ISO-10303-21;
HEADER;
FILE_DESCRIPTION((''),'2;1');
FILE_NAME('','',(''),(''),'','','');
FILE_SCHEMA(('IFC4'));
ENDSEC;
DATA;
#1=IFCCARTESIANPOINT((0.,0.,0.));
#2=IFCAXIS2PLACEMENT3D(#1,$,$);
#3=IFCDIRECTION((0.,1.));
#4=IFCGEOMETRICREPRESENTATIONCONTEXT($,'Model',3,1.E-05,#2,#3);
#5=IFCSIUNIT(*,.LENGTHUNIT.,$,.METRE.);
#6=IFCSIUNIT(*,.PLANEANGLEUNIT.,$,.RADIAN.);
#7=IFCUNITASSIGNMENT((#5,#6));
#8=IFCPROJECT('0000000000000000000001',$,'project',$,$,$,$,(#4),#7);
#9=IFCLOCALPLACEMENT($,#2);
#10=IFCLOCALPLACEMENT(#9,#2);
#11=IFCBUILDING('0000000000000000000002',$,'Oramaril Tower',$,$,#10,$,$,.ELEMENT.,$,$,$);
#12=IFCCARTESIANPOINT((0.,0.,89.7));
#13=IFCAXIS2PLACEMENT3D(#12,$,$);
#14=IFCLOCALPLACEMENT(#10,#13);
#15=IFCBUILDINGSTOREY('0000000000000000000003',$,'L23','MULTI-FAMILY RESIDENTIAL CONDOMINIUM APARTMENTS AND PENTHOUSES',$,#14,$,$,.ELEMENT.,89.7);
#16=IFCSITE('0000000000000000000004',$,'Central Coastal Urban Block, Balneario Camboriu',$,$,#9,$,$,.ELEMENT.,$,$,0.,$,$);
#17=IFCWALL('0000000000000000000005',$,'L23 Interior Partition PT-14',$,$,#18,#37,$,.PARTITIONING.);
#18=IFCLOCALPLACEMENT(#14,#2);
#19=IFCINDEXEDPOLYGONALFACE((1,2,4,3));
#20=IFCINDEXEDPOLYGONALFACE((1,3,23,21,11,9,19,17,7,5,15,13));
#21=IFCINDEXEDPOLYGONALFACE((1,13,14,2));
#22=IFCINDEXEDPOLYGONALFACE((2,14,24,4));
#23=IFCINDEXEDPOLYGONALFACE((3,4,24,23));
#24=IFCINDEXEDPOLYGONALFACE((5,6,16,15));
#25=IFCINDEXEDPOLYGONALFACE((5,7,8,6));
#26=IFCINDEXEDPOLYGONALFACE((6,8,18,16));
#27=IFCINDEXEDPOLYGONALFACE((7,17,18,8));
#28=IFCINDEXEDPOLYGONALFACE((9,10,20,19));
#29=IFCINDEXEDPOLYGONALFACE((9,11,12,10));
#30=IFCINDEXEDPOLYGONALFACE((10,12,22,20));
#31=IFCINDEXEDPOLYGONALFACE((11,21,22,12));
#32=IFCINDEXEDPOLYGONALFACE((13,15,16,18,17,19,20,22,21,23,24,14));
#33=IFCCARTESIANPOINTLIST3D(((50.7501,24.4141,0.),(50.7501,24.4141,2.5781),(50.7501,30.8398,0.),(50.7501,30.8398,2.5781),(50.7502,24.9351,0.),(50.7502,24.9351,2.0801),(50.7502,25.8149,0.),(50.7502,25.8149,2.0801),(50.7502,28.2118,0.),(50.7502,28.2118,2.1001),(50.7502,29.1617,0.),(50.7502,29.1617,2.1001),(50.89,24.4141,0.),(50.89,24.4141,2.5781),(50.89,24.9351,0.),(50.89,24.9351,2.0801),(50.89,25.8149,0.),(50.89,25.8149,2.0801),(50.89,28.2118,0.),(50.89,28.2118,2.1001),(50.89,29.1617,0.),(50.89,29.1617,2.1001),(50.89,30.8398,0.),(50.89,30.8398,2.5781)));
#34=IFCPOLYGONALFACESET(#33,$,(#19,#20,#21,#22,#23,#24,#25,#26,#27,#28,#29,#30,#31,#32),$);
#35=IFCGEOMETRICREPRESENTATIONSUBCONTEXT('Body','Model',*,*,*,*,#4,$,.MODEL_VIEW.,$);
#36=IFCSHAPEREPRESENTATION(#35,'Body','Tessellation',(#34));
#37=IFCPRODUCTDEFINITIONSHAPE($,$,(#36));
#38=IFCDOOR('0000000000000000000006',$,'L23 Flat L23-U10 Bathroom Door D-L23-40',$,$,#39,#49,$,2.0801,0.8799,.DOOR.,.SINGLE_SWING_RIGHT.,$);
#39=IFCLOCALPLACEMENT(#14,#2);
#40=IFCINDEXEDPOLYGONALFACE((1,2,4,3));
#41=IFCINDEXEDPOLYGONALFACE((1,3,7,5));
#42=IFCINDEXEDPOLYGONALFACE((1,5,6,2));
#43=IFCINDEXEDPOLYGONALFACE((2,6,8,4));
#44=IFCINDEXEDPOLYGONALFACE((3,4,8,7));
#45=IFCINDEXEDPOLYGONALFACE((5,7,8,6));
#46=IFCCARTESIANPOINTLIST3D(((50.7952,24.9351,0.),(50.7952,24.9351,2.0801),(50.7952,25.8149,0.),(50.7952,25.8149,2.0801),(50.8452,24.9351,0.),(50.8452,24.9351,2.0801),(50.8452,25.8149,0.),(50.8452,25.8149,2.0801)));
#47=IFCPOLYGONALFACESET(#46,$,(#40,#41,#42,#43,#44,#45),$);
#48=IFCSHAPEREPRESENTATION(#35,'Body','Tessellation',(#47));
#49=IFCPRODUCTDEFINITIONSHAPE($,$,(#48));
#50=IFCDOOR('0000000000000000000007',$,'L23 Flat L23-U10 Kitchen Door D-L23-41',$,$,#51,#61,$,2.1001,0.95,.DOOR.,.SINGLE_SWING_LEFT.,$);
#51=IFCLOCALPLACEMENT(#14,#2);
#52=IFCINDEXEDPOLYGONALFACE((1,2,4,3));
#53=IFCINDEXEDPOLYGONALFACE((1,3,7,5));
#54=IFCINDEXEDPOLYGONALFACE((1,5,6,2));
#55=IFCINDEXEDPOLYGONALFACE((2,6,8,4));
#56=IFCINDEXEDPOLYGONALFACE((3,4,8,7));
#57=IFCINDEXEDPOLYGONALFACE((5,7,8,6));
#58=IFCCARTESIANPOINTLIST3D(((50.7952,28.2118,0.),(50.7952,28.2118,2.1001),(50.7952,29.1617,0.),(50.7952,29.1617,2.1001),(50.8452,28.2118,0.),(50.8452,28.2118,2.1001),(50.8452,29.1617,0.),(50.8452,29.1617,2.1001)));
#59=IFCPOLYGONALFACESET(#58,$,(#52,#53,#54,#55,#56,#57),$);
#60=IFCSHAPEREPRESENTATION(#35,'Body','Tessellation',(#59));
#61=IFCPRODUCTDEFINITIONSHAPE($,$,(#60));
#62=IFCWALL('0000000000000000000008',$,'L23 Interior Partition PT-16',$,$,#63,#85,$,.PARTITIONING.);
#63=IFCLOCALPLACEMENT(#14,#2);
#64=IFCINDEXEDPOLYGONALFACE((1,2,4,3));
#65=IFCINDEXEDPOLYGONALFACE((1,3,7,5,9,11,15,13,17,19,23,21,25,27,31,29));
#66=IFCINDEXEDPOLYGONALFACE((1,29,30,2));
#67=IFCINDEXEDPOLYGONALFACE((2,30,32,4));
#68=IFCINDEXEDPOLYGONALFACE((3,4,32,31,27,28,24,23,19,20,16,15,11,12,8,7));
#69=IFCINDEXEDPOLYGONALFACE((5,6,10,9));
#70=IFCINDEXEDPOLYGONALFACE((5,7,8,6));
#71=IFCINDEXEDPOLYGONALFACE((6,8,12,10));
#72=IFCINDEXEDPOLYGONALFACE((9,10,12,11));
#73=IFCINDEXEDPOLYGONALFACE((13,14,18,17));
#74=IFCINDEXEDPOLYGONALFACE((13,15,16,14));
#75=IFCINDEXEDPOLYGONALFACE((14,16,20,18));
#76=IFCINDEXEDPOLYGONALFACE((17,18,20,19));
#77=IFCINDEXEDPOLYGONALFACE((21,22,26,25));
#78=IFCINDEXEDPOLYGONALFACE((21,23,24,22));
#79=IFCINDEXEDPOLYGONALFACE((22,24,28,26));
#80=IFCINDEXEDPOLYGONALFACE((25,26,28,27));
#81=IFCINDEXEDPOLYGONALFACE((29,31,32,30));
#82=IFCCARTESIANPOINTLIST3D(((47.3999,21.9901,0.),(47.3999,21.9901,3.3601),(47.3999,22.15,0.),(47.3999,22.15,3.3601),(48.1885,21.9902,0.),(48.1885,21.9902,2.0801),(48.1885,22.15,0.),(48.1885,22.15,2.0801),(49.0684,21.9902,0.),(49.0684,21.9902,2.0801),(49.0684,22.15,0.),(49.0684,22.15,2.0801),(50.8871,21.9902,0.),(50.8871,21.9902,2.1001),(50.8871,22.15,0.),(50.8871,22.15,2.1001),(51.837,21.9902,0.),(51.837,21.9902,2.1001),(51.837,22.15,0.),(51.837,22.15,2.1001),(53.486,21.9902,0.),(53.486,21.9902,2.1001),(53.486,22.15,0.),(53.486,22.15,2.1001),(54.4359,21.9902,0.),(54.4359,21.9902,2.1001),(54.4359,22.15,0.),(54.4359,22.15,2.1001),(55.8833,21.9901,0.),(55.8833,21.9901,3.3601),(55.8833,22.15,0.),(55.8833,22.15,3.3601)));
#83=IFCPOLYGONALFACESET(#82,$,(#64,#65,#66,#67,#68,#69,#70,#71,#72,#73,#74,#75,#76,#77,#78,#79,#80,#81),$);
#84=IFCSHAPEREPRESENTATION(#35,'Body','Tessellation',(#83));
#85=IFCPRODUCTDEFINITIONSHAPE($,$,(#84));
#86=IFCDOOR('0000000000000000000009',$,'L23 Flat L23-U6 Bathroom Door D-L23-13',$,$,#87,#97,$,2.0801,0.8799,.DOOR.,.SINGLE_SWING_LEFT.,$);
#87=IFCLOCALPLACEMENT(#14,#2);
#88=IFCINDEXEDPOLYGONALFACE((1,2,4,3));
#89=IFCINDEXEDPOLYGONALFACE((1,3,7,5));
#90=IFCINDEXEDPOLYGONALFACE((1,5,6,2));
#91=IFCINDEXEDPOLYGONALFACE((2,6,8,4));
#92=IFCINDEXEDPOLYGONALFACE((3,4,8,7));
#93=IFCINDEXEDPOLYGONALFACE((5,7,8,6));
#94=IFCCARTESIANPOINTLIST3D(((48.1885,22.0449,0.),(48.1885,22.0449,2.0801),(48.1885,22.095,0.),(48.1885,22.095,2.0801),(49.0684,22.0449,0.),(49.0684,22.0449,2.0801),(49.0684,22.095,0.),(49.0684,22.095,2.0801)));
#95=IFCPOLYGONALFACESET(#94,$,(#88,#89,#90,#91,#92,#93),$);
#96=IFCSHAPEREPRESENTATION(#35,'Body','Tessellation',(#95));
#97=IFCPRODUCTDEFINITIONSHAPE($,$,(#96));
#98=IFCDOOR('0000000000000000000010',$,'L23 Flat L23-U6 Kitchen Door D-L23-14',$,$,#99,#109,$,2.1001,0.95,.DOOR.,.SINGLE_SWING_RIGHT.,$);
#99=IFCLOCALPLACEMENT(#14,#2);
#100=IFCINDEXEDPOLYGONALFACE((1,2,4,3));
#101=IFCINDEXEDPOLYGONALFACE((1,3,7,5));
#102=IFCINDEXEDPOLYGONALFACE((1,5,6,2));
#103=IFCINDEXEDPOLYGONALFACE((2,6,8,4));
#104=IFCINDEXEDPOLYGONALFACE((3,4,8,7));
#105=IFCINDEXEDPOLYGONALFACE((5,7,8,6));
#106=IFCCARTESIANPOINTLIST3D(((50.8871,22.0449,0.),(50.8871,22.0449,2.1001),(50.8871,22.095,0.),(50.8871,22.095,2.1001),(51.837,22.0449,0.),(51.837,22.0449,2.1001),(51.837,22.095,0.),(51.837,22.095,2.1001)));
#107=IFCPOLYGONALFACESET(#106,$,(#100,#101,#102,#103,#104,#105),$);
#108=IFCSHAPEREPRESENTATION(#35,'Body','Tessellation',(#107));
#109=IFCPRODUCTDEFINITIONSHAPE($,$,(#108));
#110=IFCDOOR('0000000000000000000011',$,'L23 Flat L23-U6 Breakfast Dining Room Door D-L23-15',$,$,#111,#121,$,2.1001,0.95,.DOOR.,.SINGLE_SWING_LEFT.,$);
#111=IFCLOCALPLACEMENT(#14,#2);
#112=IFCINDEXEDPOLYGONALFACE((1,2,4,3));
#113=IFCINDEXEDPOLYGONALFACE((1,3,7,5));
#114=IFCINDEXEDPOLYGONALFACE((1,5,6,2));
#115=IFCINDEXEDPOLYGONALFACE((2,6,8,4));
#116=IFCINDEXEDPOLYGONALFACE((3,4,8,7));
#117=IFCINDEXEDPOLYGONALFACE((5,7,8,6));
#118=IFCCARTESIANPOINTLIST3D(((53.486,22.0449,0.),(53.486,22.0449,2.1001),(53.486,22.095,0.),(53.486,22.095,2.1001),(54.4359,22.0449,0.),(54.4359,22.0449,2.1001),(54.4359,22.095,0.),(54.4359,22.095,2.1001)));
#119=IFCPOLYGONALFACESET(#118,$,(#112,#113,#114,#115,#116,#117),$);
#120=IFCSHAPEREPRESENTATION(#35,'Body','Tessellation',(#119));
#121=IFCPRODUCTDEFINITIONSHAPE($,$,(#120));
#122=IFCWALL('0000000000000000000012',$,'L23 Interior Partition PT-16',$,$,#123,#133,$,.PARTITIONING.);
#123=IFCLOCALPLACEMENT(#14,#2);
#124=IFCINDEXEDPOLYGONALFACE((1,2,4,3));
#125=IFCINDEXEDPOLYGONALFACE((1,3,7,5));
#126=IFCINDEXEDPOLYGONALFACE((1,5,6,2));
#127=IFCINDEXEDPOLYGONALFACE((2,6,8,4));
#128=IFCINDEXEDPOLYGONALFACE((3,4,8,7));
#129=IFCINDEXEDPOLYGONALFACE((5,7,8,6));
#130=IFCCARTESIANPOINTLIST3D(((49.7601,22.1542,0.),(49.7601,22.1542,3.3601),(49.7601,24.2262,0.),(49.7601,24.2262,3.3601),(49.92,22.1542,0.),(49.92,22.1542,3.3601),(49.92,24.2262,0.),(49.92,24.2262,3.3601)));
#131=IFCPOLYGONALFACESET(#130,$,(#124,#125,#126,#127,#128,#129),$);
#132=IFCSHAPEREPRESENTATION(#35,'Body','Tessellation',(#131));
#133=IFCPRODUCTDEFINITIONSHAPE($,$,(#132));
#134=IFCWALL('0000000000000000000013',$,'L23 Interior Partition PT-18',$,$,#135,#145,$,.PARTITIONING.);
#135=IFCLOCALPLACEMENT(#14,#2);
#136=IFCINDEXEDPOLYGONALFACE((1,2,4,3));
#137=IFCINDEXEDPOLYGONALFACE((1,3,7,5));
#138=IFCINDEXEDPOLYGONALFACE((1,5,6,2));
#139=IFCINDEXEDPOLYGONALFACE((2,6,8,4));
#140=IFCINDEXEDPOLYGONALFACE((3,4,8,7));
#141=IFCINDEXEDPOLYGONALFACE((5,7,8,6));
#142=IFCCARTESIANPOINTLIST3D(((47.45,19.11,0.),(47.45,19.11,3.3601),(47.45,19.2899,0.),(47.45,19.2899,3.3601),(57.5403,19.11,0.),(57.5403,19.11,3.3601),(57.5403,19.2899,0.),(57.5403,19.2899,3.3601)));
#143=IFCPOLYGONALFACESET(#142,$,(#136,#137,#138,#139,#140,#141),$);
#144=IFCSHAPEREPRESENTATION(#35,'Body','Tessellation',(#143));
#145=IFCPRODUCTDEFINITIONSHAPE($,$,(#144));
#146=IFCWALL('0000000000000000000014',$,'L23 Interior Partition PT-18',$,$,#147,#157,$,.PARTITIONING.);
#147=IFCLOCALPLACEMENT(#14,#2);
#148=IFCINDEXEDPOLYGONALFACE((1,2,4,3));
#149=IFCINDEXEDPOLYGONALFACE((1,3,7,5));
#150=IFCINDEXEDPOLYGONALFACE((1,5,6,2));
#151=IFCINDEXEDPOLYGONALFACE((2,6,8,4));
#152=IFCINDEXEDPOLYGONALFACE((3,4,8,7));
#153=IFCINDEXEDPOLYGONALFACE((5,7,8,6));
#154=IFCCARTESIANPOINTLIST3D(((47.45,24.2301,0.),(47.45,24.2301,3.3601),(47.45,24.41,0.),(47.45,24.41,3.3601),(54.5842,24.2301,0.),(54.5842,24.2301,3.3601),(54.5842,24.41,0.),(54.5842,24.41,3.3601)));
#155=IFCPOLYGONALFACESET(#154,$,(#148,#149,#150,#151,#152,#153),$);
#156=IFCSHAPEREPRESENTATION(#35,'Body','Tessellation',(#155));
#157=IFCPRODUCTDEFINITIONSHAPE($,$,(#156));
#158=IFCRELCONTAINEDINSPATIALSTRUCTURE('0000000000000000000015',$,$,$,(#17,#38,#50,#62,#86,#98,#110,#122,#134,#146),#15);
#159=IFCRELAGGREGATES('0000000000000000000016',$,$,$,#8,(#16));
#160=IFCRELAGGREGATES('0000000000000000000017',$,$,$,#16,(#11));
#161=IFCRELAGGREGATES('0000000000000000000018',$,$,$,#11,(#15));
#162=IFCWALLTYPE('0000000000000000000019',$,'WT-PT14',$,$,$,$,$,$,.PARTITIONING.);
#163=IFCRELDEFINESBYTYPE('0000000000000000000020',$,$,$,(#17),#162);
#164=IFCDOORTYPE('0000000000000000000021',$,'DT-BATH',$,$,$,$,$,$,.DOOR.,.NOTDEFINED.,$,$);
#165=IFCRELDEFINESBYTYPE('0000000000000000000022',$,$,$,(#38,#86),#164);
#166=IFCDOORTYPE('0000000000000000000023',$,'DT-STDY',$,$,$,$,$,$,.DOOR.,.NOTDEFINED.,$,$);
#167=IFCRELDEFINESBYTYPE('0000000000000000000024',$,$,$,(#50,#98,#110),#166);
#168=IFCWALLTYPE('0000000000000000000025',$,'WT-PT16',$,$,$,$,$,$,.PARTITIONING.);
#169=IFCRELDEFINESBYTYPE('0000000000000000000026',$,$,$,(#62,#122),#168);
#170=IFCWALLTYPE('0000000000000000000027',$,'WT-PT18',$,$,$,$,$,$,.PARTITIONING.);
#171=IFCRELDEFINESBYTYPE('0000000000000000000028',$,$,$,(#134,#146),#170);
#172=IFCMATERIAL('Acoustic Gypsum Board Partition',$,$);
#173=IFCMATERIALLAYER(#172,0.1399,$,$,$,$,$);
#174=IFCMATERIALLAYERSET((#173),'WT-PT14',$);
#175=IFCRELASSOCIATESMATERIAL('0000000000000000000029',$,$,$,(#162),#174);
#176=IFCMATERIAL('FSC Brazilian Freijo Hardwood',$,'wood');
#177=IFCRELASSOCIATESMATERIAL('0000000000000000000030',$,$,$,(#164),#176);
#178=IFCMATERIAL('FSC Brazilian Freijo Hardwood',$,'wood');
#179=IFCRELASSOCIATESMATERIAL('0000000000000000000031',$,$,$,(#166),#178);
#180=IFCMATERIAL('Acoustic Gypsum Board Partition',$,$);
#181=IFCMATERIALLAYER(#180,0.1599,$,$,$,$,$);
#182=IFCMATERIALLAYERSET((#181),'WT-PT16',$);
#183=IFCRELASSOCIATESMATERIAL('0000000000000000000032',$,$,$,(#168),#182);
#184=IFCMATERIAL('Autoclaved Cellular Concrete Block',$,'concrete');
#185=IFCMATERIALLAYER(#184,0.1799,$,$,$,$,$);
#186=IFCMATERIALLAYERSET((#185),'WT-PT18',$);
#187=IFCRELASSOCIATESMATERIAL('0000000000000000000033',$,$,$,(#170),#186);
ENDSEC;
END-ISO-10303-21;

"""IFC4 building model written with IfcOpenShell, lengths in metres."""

from ifc_helpers import new_model, si_unit, direction, frame, frame_2d, origin, place, context, subcontext, project, spatial, rectangle, extrude, material, layer, layer_set, type_object, element, fill, save


model = new_model("IFC4")

# Units and contexts
model_context = context("Model", 3, precision=1e-05, world=origin(), true_north=direction((0.0, 1.0)))
body_context = subcontext(model_context, "Body", "Model", "MODEL_VIEW")
ifc_project = project(units=[si_unit("LENGTHUNIT", "METRE"), si_unit("PLANEANGLEUNIT", "RADIAN")], contexts=[model_context])

# Site, building, storey
site_placement = place(None, origin())
site = spatial("IfcSite", under=ifc_project, at=site_placement, Name="Central Coastal Urban Block, Balneario Camboriu", CompositionType="ELEMENT", RefElevation=0.0)
building_placement = place(site_placement, origin())
building = spatial("IfcBuilding", under=site, at=building_placement, Name="Oramaril Tower", CompositionType="ELEMENT")
storey_placement = place(building_placement, frame((0.0, 0.0, 89.7)))
storey = spatial("IfcBuildingStorey", under=building, at=storey_placement, Name="L23", Description="MULTI-FAMILY RESIDENTIAL CONDOMINIUM APARTMENTS AND PENTHOUSES", CompositionType="ELEMENT", Elevation=89.7)

# Walls, openings, doors
ifc_material_1 = material(Name="Acoustic Gypsum Board Partition")
ifc_layer_1 = layer(ifc_material_1, 0.1399)
ifc_layer_set_1 = layer_set([ifc_layer_1], Name="WT-PT14")
wall_type_1 = type_object("IfcWallType", Name="WT-PT14", PredefinedType="PARTITIONING", material=ifc_layer_set_1)
wall_1_placement = place(storey_placement, frame((50.8201, 24.4141, 0.0), z_axis=(0.0, 0.0, 1.0), x_axis=(0.0, 1.0, 0.0)))
wall_1 = element("IfcWall", 1, at=wall_1_placement, inside=storey, type_object=wall_type_1, Name="L23 Interior Partition PT-14", PredefinedType="PARTITIONING", context=body_context, shape_type="SweptSolid", body=[
    extrude(rectangle(XDim=6.4258, YDim=0.1399, at=frame_2d((3.2129, 0.0))), origin(), (0.0, 0.0, 1.0), 2.5781),
])
opening_1_placement = place(wall_1_placement, frame((0.521, 0.0, 0.0)))
opening_1 = element("IfcOpeningElement", 2, at=opening_1_placement, cuts=wall_1, PredefinedType="OPENING", context=body_context, shape_type="SweptSolid", body=[
    extrude(rectangle(XDim=0.8799, YDim=2.0801, at=frame_2d((0.4399, 1.04))), frame((0.0, 0.0698, 0.0), z_axis=(0.0, -1.0, 0.0), x_axis=(1.0, 0.0, 0.0)), (0.0, 0.0, 1.0), 0.1399),
])
opening_2_placement = place(wall_1_placement, frame((3.7976, 0.0, 0.0)))
opening_2 = element("IfcOpeningElement", 3, at=opening_2_placement, cuts=wall_1, PredefinedType="OPENING", context=body_context, shape_type="SweptSolid", body=[
    extrude(rectangle(XDim=0.95, YDim=2.1001, at=frame_2d((0.4751, 1.05))), frame((0.0, 0.0698, 0.0), z_axis=(0.0, -1.0, 0.0), x_axis=(1.0, 0.0, 0.0)), (0.0, 0.0, 1.0), 0.1399),
])
ifc_material_2 = material(Name="FSC Brazilian Freijo Hardwood", Category="wood")
door_type_1 = type_object("IfcDoorType", Name="DT-BATH", OperationType="NOTDEFINED", PredefinedType="DOOR", material=ifc_material_2)
door_1_placement = place(opening_1_placement, origin())
door_1 = element("IfcDoor", 4, at=door_1_placement, inside=storey, type_object=door_type_1, Name="L23 Flat L23-U10 Bathroom Door D-L23-40", OperationType="SINGLE_SWING_RIGHT", OverallHeight=2.0801, OverallWidth=0.8799, PredefinedType="DOOR", context=body_context, shape_type="SweptSolid", body=[
    extrude(rectangle(XDim=0.8799, YDim=2.0801, at=frame_2d((0.4399, 1.04))), frame((0.0, 0.0249, 0.0), z_axis=(0.0, -1.0, 0.0), x_axis=(1.0, 0.0, 0.0)), (0.0, 0.0, 1.0), 0.05),
])
fill(opening_1, door_1)
ifc_material_3 = material(Name="FSC Brazilian Freijo Hardwood", Category="wood")
door_type_2 = type_object("IfcDoorType", Name="DT-STDY", OperationType="NOTDEFINED", PredefinedType="DOOR", material=ifc_material_3)
door_2_placement = place(opening_2_placement, origin())
door_2 = element("IfcDoor", 5, at=door_2_placement, inside=storey, type_object=door_type_2, Name="L23 Flat L23-U10 Kitchen Door D-L23-41", OperationType="SINGLE_SWING_LEFT", OverallHeight=2.1001, OverallWidth=0.95, PredefinedType="DOOR", context=body_context, shape_type="SweptSolid", body=[
    extrude(rectangle(XDim=0.95, YDim=2.1001, at=frame_2d((0.4751, 1.05))), frame((0.0, 0.0249, 0.0), z_axis=(0.0, -1.0, 0.0), x_axis=(1.0, 0.0, 0.0)), (0.0, 0.0, 1.0), 0.05),
])
fill(opening_2, door_2)
ifc_material_4 = material(Name="Acoustic Gypsum Board Partition")
ifc_layer_2 = layer(ifc_material_4, 0.1599)
ifc_layer_set_2 = layer_set([ifc_layer_2], Name="WT-PT16")
wall_type_2 = type_object("IfcWallType", Name="WT-PT16", PredefinedType="PARTITIONING", material=ifc_layer_set_2)
wall_2_placement = place(storey_placement, frame((47.3999, 22.0701, 0.0), z_axis=(0.0, 0.0, 1.0), x_axis=(1.0, 0.0, 0.0)))
wall_2 = element("IfcWall", 6, at=wall_2_placement, inside=storey, type_object=wall_type_2, Name="L23 Interior Partition PT-16", PredefinedType="PARTITIONING", context=body_context, shape_type="SweptSolid", body=[
    extrude(rectangle(XDim=8.4834, YDim=0.1599, at=frame_2d((4.2417, 0.0))), origin(), (0.0, 0.0, 1.0), 3.3601),
])
opening_3_placement = place(wall_2_placement, frame((0.7886, 0.0, 0.0)))
opening_3 = element("IfcOpeningElement", 7, at=opening_3_placement, cuts=wall_2, PredefinedType="OPENING", context=body_context, shape_type="SweptSolid", body=[
    extrude(rectangle(XDim=0.8799, YDim=2.0801, at=frame_2d((0.4399, 1.04))), frame((0.0, 0.0801, 0.0), z_axis=(0.0, -1.0, 0.0), x_axis=(1.0, 0.0, 0.0)), (0.0, 0.0, 1.0), 0.1599),
])
opening_4_placement = place(wall_2_placement, frame((3.4871, 0.0, 0.0)))
opening_4 = element("IfcOpeningElement", 8, at=opening_4_placement, cuts=wall_2, PredefinedType="OPENING", context=body_context, shape_type="SweptSolid", body=[
    extrude(rectangle(XDim=0.95, YDim=2.1001, at=frame_2d((0.4751, 1.05))), frame((0.0, 0.0801, 0.0), z_axis=(0.0, -1.0, 0.0), x_axis=(1.0, 0.0, 0.0)), (0.0, 0.0, 1.0), 0.1599),
])
opening_5_placement = place(wall_2_placement, frame((6.0859, 0.0, 0.0)))
opening_5 = element("IfcOpeningElement", 9, at=opening_5_placement, cuts=wall_2, PredefinedType="OPENING", context=body_context, shape_type="SweptSolid", body=[
    extrude(rectangle(XDim=0.95, YDim=2.1001, at=frame_2d((0.4751, 1.05))), frame((0.0, 0.0801, 0.0), z_axis=(0.0, -1.0, 0.0), x_axis=(1.0, 0.0, 0.0)), (0.0, 0.0, 1.0), 0.1599),
])
door_3_placement = place(opening_3_placement, origin())
door_3 = element("IfcDoor", 10, at=door_3_placement, inside=storey, type_object=door_type_1, Name="L23 Flat L23-U6 Bathroom Door D-L23-13", OperationType="SINGLE_SWING_LEFT", OverallHeight=2.0801, OverallWidth=0.8799, PredefinedType="DOOR", context=body_context, shape_type="SweptSolid", body=[
    extrude(rectangle(XDim=0.8799, YDim=2.0801, at=frame_2d((0.4399, 1.04))), frame((0.0, 0.0249, 0.0), z_axis=(0.0, -1.0, 0.0), x_axis=(1.0, 0.0, 0.0)), (0.0, 0.0, 1.0), 0.05),
])
fill(opening_3, door_3)
door_4_placement = place(opening_4_placement, origin())
door_4 = element("IfcDoor", 11, at=door_4_placement, inside=storey, type_object=door_type_2, Name="L23 Flat L23-U6 Kitchen Door D-L23-14", OperationType="SINGLE_SWING_RIGHT", OverallHeight=2.1001, OverallWidth=0.95, PredefinedType="DOOR", context=body_context, shape_type="SweptSolid", body=[
    extrude(rectangle(XDim=0.95, YDim=2.1001, at=frame_2d((0.4751, 1.05))), frame((0.0, 0.0249, 0.0), z_axis=(0.0, -1.0, 0.0), x_axis=(1.0, 0.0, 0.0)), (0.0, 0.0, 1.0), 0.05),
])
fill(opening_4, door_4)
door_5_placement = place(opening_5_placement, origin())
door_5 = element("IfcDoor", 12, at=door_5_placement, inside=storey, type_object=door_type_2, Name="L23 Flat L23-U6 Breakfast Dining Room Door D-L23-15", OperationType="SINGLE_SWING_LEFT", OverallHeight=2.1001, OverallWidth=0.95, PredefinedType="DOOR", context=body_context, shape_type="SweptSolid", body=[
    extrude(rectangle(XDim=0.95, YDim=2.1001, at=frame_2d((0.4751, 1.05))), frame((0.0, 0.0249, 0.0), z_axis=(0.0, -1.0, 0.0), x_axis=(1.0, 0.0, 0.0)), (0.0, 0.0, 1.0), 0.05),
])
fill(opening_5, door_5)

# Walls
wall_3_placement = place(storey_placement, frame((49.8401, 22.1541, 0.0), z_axis=(0.0, 0.0, 1.0), x_axis=(0.0, 1.0, 0.0)))
element("IfcWall", 13, at=wall_3_placement, inside=storey, type_object=wall_type_2, Name="L23 Interior Partition PT-16", PredefinedType="PARTITIONING", context=body_context, shape_type="SweptSolid", body=[
    extrude(rectangle(XDim=2.072, YDim=0.1599, at=frame_2d((1.0361, 0.0))), origin(), (0.0, 0.0, 1.0), 3.3601),
])
ifc_material_5 = material(Name="Autoclaved Cellular Concrete Block", Category="concrete")
ifc_layer_3 = layer(ifc_material_5, 0.1799)
ifc_layer_set_3 = layer_set([ifc_layer_3], Name="WT-PT18")
wall_type_3 = type_object("IfcWallType", Name="WT-PT18", PredefinedType="PARTITIONING", material=ifc_layer_set_3)
wall_4_placement = place(storey_placement, frame((47.45, 19.2, 0.0), z_axis=(0.0, 0.0, 1.0), x_axis=(1.0, 0.0, 0.0)))
element("IfcWall", 14, at=wall_4_placement, inside=storey, type_object=wall_type_3, Name="L23 Interior Partition PT-18", PredefinedType="PARTITIONING", context=body_context, shape_type="SweptSolid", body=[
    extrude(rectangle(XDim=10.0903, YDim=0.1799, at=frame_2d((5.0452, 0.0))), origin(), (0.0, 0.0, 1.0), 3.3601),
])
wall_5_placement = place(storey_placement, frame((47.45, 24.3201, 0.0), z_axis=(0.0, 0.0, 1.0), x_axis=(1.0, 0.0, 0.0)))
element("IfcWall", 15, at=wall_5_placement, inside=storey, type_object=wall_type_3, Name="L23 Interior Partition PT-18", PredefinedType="PARTITIONING", context=body_context, shape_type="SweptSolid", body=[
    extrude(rectangle(XDim=7.1343, YDim=0.1799, at=frame_2d((3.5671, 0.0))), origin(), (0.0, 0.0, 1.0), 3.3601),
])

save(model, "model.ifc")
